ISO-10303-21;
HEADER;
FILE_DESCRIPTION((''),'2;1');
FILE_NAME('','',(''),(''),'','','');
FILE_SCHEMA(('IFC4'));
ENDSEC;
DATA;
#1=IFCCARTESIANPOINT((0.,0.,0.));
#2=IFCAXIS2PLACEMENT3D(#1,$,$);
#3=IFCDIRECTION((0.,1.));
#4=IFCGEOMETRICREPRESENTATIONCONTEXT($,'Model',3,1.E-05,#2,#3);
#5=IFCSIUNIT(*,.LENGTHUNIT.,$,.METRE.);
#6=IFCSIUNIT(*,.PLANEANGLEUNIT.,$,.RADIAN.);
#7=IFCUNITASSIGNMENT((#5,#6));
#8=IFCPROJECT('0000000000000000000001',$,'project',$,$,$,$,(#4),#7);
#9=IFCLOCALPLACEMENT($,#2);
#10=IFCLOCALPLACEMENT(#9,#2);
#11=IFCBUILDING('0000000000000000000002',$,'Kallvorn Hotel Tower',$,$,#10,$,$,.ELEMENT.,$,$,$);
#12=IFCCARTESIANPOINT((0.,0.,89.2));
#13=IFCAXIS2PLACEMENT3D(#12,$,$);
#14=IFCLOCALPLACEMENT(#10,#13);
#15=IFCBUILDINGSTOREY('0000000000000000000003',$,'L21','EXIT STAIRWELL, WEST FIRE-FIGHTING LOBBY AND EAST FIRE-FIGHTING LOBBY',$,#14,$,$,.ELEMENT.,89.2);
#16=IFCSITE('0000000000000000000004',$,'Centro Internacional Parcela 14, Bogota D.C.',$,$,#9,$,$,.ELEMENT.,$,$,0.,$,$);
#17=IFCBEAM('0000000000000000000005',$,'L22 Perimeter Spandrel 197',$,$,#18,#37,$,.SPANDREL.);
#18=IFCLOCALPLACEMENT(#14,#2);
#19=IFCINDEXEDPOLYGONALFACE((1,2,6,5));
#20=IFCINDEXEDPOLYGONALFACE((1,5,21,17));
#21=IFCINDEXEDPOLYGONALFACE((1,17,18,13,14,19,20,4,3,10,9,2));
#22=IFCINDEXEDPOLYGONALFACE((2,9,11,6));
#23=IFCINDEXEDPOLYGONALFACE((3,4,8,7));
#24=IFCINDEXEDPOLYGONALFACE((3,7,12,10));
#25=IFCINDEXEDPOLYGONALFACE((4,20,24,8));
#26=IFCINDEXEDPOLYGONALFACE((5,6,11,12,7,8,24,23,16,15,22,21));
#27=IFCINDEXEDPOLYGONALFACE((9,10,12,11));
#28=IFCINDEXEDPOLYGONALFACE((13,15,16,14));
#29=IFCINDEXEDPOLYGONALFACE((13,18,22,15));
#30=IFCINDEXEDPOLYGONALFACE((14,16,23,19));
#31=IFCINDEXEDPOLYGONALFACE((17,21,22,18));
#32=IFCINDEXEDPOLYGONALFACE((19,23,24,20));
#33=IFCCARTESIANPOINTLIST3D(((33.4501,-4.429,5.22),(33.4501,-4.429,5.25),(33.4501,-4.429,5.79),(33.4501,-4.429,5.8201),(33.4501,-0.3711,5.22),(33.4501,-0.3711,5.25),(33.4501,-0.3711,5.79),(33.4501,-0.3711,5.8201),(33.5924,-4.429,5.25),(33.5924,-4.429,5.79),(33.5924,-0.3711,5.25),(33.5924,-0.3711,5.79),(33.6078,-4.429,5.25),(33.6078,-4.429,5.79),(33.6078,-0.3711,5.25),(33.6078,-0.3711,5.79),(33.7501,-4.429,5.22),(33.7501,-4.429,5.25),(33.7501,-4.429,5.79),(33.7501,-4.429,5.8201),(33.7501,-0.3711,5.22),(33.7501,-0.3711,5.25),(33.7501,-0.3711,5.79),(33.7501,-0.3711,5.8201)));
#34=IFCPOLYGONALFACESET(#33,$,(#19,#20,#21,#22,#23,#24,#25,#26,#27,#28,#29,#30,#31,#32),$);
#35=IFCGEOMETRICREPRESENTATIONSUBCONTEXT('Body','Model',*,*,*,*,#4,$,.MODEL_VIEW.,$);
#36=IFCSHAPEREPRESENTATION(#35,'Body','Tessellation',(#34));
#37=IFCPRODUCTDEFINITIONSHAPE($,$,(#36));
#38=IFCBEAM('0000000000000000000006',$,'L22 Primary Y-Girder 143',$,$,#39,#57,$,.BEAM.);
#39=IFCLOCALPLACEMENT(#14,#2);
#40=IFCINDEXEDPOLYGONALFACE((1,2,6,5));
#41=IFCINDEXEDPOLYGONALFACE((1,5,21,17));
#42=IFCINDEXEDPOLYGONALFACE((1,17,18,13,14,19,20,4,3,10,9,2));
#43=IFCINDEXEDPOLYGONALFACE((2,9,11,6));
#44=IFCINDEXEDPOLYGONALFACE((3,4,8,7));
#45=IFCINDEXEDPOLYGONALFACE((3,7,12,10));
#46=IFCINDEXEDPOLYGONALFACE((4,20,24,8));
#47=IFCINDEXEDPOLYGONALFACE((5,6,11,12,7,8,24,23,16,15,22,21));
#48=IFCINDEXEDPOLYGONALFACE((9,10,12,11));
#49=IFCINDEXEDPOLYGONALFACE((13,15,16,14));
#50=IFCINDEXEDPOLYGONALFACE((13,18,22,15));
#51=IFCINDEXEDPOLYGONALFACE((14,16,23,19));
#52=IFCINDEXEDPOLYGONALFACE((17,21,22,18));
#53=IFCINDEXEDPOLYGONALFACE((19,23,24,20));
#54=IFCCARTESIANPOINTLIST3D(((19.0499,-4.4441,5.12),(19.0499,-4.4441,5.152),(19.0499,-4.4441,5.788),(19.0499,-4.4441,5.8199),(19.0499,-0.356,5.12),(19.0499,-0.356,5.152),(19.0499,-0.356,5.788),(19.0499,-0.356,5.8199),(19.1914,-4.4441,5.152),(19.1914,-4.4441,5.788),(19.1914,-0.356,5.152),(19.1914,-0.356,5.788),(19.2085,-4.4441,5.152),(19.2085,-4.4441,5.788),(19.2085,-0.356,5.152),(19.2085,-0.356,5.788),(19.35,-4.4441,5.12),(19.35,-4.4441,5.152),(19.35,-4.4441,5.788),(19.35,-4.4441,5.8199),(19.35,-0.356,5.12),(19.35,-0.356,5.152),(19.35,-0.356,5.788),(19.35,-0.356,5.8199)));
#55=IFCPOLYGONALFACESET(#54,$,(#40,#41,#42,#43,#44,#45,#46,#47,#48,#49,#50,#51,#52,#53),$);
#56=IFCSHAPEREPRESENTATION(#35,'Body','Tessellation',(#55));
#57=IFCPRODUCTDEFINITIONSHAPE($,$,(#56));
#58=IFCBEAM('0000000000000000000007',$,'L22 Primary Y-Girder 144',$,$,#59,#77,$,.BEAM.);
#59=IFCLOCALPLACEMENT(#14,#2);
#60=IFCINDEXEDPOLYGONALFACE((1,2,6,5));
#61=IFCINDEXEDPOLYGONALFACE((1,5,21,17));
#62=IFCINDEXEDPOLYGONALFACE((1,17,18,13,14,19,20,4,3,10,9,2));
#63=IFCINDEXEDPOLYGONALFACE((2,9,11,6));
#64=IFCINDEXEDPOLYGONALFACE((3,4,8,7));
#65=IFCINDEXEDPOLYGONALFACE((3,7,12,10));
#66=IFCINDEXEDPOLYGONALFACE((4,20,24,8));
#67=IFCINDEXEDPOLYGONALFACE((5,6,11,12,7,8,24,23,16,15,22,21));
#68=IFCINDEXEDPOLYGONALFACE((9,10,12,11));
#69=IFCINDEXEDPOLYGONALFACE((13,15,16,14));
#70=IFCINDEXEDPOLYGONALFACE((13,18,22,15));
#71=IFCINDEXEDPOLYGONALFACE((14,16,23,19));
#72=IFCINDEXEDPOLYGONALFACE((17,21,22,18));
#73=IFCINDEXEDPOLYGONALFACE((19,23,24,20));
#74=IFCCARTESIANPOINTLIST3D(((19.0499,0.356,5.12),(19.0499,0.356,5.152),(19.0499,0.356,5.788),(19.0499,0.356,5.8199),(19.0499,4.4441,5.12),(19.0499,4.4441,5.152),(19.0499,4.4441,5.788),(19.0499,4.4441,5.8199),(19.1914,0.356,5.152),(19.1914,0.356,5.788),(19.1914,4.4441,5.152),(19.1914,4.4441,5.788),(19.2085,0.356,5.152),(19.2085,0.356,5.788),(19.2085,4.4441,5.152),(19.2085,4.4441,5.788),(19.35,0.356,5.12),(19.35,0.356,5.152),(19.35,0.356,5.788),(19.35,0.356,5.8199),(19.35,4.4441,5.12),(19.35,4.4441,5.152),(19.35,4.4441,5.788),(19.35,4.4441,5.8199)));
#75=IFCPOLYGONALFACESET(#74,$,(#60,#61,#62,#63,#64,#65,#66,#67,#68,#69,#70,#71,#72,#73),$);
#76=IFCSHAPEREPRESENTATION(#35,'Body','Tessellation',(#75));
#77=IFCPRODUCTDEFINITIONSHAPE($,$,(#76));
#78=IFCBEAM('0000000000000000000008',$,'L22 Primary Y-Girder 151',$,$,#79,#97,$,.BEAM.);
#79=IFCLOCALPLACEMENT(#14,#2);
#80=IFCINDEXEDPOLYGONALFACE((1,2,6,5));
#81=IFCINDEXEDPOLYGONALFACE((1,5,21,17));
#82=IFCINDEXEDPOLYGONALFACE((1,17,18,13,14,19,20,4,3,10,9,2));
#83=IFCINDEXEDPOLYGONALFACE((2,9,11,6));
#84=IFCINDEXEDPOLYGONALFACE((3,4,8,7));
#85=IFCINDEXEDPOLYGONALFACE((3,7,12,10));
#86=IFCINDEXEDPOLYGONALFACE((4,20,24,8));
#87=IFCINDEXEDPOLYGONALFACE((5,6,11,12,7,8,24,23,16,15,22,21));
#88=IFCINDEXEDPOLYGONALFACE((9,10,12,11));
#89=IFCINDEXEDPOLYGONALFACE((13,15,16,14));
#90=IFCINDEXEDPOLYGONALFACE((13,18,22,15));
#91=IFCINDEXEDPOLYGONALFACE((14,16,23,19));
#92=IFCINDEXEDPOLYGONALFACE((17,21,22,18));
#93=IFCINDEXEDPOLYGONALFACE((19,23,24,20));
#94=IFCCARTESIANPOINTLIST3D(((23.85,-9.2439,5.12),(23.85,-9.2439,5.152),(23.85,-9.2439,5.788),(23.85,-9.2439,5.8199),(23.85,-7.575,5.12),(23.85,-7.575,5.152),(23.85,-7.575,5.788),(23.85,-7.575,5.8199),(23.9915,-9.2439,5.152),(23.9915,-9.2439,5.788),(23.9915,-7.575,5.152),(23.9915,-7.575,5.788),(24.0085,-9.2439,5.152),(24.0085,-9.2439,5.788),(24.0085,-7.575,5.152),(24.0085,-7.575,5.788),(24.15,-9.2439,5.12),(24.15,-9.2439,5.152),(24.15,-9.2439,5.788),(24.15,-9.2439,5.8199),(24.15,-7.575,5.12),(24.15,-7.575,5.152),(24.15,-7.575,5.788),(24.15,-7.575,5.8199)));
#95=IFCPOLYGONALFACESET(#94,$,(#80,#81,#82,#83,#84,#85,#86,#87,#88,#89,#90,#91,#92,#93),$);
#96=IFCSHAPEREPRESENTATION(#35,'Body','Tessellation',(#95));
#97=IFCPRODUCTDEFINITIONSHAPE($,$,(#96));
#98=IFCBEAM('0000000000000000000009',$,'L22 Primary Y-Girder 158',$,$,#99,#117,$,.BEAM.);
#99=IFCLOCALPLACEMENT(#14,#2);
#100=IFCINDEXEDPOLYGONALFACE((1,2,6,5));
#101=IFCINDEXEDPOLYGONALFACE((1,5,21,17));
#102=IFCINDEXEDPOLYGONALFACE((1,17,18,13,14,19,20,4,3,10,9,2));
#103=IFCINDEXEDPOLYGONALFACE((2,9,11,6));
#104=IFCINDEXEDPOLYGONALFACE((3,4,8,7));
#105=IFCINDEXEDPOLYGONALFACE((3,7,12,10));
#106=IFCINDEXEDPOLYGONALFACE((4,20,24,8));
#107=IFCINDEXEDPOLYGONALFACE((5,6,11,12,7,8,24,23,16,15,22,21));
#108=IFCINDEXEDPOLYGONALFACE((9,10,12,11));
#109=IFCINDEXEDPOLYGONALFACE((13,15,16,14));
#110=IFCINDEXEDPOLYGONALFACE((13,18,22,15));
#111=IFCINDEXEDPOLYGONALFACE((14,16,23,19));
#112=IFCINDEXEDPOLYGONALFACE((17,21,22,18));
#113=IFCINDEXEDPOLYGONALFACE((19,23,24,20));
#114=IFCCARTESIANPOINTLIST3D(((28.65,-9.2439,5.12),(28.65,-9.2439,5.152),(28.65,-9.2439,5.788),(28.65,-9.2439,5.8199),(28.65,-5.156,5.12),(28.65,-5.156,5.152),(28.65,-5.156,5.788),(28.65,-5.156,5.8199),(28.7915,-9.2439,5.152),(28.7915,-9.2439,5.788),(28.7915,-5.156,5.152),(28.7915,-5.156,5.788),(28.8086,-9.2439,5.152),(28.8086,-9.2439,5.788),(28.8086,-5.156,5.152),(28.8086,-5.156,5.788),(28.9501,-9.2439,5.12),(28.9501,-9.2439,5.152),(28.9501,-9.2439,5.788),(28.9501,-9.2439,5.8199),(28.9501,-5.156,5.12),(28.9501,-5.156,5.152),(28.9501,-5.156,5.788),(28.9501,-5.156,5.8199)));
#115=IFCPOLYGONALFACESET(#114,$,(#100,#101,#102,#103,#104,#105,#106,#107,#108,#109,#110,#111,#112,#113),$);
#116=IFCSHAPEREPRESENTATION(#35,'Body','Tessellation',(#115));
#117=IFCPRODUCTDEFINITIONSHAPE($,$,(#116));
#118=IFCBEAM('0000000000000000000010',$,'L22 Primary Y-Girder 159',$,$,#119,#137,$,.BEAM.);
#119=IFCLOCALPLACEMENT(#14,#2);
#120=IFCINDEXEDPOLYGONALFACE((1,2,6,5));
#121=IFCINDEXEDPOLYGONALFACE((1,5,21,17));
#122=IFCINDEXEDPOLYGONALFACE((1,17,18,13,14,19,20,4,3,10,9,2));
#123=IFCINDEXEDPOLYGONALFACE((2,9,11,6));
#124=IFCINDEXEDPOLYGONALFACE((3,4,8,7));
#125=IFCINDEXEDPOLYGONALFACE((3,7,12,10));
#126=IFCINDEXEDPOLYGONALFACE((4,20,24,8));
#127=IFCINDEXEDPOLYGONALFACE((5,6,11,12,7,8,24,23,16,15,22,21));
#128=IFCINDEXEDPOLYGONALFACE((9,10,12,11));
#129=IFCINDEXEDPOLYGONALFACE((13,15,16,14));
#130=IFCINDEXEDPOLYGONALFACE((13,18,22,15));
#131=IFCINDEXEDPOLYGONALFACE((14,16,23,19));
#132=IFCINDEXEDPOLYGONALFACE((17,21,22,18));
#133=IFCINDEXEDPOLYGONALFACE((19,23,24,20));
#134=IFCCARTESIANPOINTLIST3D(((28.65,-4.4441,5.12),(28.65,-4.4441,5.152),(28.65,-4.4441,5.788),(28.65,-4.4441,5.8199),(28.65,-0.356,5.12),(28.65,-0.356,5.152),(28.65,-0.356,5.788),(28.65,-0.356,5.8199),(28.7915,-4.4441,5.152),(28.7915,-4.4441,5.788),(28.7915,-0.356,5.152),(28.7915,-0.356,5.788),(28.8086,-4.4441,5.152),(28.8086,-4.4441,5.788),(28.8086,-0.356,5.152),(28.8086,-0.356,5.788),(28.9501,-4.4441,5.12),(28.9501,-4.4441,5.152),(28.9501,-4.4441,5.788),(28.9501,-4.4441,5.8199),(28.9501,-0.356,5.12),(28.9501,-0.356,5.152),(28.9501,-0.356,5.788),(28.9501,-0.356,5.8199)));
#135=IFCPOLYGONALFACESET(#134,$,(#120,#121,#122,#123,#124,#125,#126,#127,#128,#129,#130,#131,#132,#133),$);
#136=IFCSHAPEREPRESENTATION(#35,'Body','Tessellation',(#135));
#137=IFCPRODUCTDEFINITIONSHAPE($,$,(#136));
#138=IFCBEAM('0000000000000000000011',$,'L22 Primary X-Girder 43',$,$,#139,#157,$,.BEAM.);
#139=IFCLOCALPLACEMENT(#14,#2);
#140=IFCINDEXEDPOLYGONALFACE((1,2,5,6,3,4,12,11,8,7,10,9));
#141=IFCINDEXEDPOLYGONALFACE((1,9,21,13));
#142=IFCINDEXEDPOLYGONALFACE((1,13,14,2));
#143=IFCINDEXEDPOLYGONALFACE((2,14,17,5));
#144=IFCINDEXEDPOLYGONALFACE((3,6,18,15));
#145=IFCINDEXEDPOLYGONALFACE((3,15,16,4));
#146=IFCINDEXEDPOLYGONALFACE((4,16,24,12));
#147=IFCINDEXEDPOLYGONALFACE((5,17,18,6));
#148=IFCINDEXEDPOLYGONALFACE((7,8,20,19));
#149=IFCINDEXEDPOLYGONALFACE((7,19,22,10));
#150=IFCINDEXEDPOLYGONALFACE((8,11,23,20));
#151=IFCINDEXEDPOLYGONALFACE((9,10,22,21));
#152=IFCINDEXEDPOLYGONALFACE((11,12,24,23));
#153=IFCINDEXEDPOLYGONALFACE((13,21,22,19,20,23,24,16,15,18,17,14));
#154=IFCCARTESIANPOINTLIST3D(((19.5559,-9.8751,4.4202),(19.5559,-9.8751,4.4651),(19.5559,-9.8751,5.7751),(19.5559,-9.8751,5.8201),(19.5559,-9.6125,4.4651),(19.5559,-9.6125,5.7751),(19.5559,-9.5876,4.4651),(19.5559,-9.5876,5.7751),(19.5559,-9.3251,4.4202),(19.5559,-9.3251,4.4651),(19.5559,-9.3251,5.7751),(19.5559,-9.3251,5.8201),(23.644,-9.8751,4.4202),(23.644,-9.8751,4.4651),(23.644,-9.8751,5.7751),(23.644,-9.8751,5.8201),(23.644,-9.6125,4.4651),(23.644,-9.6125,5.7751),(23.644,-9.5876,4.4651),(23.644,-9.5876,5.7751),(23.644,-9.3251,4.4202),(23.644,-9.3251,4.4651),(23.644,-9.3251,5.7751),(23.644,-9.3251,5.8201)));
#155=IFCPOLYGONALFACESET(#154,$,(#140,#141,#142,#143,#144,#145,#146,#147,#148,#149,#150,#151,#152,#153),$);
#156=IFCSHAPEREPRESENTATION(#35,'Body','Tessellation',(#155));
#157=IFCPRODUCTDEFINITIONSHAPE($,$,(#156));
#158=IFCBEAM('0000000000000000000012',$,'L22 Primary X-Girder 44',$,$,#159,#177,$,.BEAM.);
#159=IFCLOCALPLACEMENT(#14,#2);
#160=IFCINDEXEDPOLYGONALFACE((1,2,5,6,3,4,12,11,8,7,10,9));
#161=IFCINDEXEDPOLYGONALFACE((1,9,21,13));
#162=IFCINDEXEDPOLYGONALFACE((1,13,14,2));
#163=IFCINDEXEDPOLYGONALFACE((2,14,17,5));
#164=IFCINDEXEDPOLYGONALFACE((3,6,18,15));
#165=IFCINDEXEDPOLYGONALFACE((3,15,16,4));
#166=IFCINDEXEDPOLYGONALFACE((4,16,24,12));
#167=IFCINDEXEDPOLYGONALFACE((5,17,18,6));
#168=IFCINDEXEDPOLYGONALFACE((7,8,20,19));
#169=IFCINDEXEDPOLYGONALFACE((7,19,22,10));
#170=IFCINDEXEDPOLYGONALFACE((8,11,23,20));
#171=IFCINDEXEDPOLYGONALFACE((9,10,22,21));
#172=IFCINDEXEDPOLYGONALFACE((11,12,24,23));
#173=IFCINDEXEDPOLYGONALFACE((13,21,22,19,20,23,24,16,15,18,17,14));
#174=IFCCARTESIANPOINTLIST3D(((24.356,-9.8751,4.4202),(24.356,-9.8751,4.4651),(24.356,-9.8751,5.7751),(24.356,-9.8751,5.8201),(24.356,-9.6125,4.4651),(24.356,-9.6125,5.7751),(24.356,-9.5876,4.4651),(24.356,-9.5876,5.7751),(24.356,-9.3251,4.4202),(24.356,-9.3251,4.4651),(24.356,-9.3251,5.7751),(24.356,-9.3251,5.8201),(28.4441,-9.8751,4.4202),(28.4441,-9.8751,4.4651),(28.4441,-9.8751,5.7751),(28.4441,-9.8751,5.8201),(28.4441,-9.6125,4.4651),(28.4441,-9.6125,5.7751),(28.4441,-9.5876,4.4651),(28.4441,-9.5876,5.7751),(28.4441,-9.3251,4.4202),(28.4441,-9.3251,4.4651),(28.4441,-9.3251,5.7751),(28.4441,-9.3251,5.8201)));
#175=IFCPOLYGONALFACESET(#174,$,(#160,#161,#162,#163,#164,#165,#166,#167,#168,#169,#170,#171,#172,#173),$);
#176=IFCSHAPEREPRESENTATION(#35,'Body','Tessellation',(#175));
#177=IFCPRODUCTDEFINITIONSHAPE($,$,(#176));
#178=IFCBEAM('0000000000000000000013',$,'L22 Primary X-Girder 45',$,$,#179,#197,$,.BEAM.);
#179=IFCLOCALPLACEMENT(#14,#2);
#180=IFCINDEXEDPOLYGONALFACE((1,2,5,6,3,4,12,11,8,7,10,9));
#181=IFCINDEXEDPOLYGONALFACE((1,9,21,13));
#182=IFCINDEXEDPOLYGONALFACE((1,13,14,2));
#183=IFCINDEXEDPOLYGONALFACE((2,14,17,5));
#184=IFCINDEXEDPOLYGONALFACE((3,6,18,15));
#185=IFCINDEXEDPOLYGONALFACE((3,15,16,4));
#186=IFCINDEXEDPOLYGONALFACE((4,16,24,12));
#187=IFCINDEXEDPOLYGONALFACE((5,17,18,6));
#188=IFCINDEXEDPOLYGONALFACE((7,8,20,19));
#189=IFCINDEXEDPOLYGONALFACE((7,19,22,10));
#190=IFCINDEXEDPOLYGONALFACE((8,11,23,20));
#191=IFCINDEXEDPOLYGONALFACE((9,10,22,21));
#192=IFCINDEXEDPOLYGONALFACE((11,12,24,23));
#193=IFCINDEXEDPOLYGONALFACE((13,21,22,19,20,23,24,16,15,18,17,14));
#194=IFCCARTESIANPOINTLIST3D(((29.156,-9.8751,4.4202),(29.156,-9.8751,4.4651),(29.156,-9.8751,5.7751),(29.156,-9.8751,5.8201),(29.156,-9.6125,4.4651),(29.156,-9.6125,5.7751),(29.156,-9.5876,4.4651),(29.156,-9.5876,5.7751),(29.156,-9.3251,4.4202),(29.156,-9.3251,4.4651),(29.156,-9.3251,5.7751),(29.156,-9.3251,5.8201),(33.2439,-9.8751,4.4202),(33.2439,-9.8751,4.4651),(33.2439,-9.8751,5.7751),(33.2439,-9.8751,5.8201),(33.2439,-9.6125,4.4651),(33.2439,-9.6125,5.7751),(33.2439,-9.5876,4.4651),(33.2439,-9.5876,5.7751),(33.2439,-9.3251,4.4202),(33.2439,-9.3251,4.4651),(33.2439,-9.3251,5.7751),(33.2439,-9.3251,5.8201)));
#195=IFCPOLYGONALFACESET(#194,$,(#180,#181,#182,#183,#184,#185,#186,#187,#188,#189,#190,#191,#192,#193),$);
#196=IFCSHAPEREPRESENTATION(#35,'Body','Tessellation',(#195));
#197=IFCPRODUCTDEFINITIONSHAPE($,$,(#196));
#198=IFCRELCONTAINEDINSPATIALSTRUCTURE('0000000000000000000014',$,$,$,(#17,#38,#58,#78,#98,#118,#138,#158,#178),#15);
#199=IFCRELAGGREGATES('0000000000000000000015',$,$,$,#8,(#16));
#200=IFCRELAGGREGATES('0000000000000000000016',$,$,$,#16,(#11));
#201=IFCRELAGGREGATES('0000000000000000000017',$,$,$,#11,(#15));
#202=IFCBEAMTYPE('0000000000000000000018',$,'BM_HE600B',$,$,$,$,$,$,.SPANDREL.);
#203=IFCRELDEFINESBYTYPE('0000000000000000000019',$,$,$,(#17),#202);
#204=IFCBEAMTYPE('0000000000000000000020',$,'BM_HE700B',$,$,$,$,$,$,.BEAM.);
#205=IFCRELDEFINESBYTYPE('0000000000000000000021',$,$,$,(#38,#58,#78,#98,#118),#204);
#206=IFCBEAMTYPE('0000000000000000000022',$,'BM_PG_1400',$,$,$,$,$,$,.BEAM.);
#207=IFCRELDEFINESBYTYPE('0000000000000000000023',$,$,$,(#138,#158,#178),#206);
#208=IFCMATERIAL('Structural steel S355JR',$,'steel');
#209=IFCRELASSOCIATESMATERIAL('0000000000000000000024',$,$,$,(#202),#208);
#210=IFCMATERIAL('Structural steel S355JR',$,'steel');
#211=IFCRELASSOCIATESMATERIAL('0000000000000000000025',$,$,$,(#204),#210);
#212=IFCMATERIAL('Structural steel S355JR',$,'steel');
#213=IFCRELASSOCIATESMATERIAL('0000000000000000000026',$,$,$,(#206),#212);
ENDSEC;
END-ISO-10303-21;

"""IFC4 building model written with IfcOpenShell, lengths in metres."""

from ifc_helpers import new_model, si_unit, direction, frame, origin, origin_2d, place, context, subcontext, project, spatial, i_section, extrude, material, material_profile, profile_set, type_object, element, save


model = new_model("IFC4")

# Units and contexts
model_context = context("Model", 3, precision=1e-05, world=origin(), true_north=direction((0.0, 1.0)))
body_context = subcontext(model_context, "Body", "Model", "MODEL_VIEW")
ifc_project = project(units=[si_unit("LENGTHUNIT", "METRE"), si_unit("PLANEANGLEUNIT", "RADIAN")], contexts=[model_context])

# Site, building, storey
site_placement = place(None, origin())
site = spatial("IfcSite", under=ifc_project, at=site_placement, Name="Centro Internacional Parcela 14, Bogota D.C.", CompositionType="ELEMENT", RefElevation=0.0)
building_placement = place(site_placement, origin())
building = spatial("IfcBuilding", under=site, at=building_placement, Name="Kallvorn Hotel Tower", CompositionType="ELEMENT")
storey_placement = place(building_placement, frame((0.0, 0.0, 89.2)))
storey = spatial("IfcBuildingStorey", under=building, at=storey_placement, Name="L21", Description="EXIT STAIRWELL, WEST FIRE-FIGHTING LOBBY AND EAST FIRE-FIGHTING LOBBY", CompositionType="ELEMENT", Elevation=89.2)

# Beams
ifc_material_1 = material(Name="Structural steel S355JR", Category="steel")
ifc_material_profile_1 = material_profile(ifc_material_1, i_section(OverallWidth=0.3, OverallDepth=0.6001, WebThickness=0.0154, FlangeThickness=0.03, at=origin_2d()), Name="HE 600 B")
ifc_profile_set_1 = profile_set([ifc_material_profile_1], Name="Structural steel S355JR")
beam_type_1 = type_object("IfcBeamType", Name="BM_HE600B", PredefinedType="SPANDREL", material=ifc_profile_set_1)
beam_1_placement = place(storey_placement, frame((33.6001, -4.429, 5.52), z_axis=(0.0, 1.0, 0.0), x_axis=(-1.0, 0.0, 0.0)))
element("IfcBeam", 1, at=beam_1_placement, inside=storey, type_object=beam_type_1, Name="L22 Perimeter Spandrel 197", PredefinedType="SPANDREL", context=body_context, shape_type="SweptSolid", body=[
    extrude(i_section(OverallWidth=0.3, OverallDepth=0.6001, WebThickness=0.0154, FlangeThickness=0.03, at=origin_2d()), origin(), (0.0, 0.0, 1.0), 4.0579),
])
ifc_material_2 = material(Name="Structural steel S355JR", Category="steel")
ifc_material_profile_2 = material_profile(ifc_material_2, i_section(OverallWidth=0.3, OverallDepth=0.7, WebThickness=0.0171, FlangeThickness=0.032, at=origin_2d()), Name="HE 700 B")
ifc_profile_set_2 = profile_set([ifc_material_profile_2], Name="Structural steel S355JR")
beam_type_2 = type_object("IfcBeamType", Name="BM_HE700B", PredefinedType="BEAM", material=ifc_profile_set_2)
for number, where, z_axis, x_axis, name in (
    (2, (19.2, -4.4441, 5.47), (0.0, 1.0, 0.0), (-1.0, 0.0, 0.0), "L22 Primary Y-Girder 143"),
    (3, (19.2, 0.356, 5.47), (0.0, 1.0, 0.0), (-1.0, 0.0, 0.0), "L22 Primary Y-Girder 144"),
):
    element("IfcBeam", number, at=place(storey_placement, frame(where, z_axis=z_axis, x_axis=x_axis)), inside=storey, type_object=beam_type_2, Name=name, PredefinedType="BEAM", context=body_context, shape_type="SweptSolid", body=[
        extrude(i_section(OverallWidth=0.3, OverallDepth=0.7, WebThickness=0.0171, FlangeThickness=0.032, at=origin_2d()), origin(), (0.0, 0.0, 1.0), 4.0881),
    ])
beam_2_placement = place(storey_placement, frame((24.0, -9.2439, 5.47), z_axis=(0.0, 1.0, 0.0), x_axis=(-1.0, 0.0, 0.0)))
element("IfcBeam", 4, at=beam_2_placement, inside=storey, type_object=beam_type_2, Name="L22 Primary Y-Girder 151", PredefinedType="BEAM", context=body_context, shape_type="SweptSolid", body=[
    extrude(i_section(OverallWidth=0.3, OverallDepth=0.7, WebThickness=0.0171, FlangeThickness=0.032, at=origin_2d()), origin(), (0.0, 0.0, 1.0), 1.6689),
])
beam_3_placement = place(storey_placement, frame((28.8, -9.2439, 5.47), z_axis=(0.0, 1.0, 0.0), x_axis=(-1.0, 0.0, 0.0)))
element("IfcBeam", 5, at=beam_3_placement, inside=storey, type_object=beam_type_2, Name="L22 Primary Y-Girder 158", PredefinedType="BEAM", context=body_context, shape_type="SweptSolid", body=[
    extrude(i_section(OverallWidth=0.3, OverallDepth=0.7, WebThickness=0.0171, FlangeThickness=0.032, at=origin_2d()), origin(), (0.0, 0.0, 1.0), 4.0879),
])
beam_4_placement = place(storey_placement, frame((28.8, -4.4441, 5.47), z_axis=(0.0, 1.0, 0.0), x_axis=(-1.0, 0.0, 0.0)))
element("IfcBeam", 6, at=beam_4_placement, inside=storey, type_object=beam_type_2, Name="L22 Primary Y-Girder 159", PredefinedType="BEAM", context=body_context, shape_type="SweptSolid", body=[
    extrude(i_section(OverallWidth=0.3, OverallDepth=0.7, WebThickness=0.0171, FlangeThickness=0.032, at=origin_2d()), origin(), (0.0, 0.0, 1.0), 4.0881),
])
ifc_material_3 = material(Name="Structural steel S355JR", Category="steel")
ifc_material_profile_3 = material_profile(ifc_material_3, i_section(OverallWidth=0.55, OverallDepth=1.3999, WebThickness=0.0249, FlangeThickness=0.0449, at=origin_2d()), Name="PG 1400x550x25x45")
ifc_profile_set_3 = profile_set([ifc_material_profile_3], Name="Structural steel S355JR")
beam_type_3 = type_object("IfcBeamType", Name="BM_PG_1400", PredefinedType="BEAM", material=ifc_profile_set_3)
for number, where, z_axis, x_axis, name in (
    (7, (19.5559, -9.6001, 5.1201), (1.0, 0.0, 0.0), (0.0, 1.0, 0.0), "L22 Primary X-Girder 43"),
    (8, (24.356, -9.6001, 5.1201), (1.0, 0.0, 0.0), (0.0, 1.0, 0.0), "L22 Primary X-Girder 44"),
):
    element("IfcBeam", number, at=place(storey_placement, frame(where, z_axis=z_axis, x_axis=x_axis)), inside=storey, type_object=beam_type_3, Name=name, PredefinedType="BEAM", context=body_context, shape_type="SweptSolid", body=[
        extrude(i_section(OverallWidth=0.55, OverallDepth=1.3999, WebThickness=0.0249, FlangeThickness=0.0449, at=origin_2d()), origin(), (0.0, 0.0, 1.0), 4.0881),
    ])
beam_5_placement = place(storey_placement, frame((29.156, -9.6001, 5.1201), z_axis=(1.0, 0.0, 0.0), x_axis=(0.0, 1.0, 0.0)))
element("IfcBeam", 9, at=beam_5_placement, inside=storey, type_object=beam_type_3, Name="L22 Primary X-Girder 45", PredefinedType="BEAM", context=body_context, shape_type="SweptSolid", body=[
    extrude(i_section(OverallWidth=0.55, OverallDepth=1.3999, WebThickness=0.0249, FlangeThickness=0.0449, at=origin_2d()), origin(), (0.0, 0.0, 1.0), 4.0879),
])

save(model, "model.ifc")
